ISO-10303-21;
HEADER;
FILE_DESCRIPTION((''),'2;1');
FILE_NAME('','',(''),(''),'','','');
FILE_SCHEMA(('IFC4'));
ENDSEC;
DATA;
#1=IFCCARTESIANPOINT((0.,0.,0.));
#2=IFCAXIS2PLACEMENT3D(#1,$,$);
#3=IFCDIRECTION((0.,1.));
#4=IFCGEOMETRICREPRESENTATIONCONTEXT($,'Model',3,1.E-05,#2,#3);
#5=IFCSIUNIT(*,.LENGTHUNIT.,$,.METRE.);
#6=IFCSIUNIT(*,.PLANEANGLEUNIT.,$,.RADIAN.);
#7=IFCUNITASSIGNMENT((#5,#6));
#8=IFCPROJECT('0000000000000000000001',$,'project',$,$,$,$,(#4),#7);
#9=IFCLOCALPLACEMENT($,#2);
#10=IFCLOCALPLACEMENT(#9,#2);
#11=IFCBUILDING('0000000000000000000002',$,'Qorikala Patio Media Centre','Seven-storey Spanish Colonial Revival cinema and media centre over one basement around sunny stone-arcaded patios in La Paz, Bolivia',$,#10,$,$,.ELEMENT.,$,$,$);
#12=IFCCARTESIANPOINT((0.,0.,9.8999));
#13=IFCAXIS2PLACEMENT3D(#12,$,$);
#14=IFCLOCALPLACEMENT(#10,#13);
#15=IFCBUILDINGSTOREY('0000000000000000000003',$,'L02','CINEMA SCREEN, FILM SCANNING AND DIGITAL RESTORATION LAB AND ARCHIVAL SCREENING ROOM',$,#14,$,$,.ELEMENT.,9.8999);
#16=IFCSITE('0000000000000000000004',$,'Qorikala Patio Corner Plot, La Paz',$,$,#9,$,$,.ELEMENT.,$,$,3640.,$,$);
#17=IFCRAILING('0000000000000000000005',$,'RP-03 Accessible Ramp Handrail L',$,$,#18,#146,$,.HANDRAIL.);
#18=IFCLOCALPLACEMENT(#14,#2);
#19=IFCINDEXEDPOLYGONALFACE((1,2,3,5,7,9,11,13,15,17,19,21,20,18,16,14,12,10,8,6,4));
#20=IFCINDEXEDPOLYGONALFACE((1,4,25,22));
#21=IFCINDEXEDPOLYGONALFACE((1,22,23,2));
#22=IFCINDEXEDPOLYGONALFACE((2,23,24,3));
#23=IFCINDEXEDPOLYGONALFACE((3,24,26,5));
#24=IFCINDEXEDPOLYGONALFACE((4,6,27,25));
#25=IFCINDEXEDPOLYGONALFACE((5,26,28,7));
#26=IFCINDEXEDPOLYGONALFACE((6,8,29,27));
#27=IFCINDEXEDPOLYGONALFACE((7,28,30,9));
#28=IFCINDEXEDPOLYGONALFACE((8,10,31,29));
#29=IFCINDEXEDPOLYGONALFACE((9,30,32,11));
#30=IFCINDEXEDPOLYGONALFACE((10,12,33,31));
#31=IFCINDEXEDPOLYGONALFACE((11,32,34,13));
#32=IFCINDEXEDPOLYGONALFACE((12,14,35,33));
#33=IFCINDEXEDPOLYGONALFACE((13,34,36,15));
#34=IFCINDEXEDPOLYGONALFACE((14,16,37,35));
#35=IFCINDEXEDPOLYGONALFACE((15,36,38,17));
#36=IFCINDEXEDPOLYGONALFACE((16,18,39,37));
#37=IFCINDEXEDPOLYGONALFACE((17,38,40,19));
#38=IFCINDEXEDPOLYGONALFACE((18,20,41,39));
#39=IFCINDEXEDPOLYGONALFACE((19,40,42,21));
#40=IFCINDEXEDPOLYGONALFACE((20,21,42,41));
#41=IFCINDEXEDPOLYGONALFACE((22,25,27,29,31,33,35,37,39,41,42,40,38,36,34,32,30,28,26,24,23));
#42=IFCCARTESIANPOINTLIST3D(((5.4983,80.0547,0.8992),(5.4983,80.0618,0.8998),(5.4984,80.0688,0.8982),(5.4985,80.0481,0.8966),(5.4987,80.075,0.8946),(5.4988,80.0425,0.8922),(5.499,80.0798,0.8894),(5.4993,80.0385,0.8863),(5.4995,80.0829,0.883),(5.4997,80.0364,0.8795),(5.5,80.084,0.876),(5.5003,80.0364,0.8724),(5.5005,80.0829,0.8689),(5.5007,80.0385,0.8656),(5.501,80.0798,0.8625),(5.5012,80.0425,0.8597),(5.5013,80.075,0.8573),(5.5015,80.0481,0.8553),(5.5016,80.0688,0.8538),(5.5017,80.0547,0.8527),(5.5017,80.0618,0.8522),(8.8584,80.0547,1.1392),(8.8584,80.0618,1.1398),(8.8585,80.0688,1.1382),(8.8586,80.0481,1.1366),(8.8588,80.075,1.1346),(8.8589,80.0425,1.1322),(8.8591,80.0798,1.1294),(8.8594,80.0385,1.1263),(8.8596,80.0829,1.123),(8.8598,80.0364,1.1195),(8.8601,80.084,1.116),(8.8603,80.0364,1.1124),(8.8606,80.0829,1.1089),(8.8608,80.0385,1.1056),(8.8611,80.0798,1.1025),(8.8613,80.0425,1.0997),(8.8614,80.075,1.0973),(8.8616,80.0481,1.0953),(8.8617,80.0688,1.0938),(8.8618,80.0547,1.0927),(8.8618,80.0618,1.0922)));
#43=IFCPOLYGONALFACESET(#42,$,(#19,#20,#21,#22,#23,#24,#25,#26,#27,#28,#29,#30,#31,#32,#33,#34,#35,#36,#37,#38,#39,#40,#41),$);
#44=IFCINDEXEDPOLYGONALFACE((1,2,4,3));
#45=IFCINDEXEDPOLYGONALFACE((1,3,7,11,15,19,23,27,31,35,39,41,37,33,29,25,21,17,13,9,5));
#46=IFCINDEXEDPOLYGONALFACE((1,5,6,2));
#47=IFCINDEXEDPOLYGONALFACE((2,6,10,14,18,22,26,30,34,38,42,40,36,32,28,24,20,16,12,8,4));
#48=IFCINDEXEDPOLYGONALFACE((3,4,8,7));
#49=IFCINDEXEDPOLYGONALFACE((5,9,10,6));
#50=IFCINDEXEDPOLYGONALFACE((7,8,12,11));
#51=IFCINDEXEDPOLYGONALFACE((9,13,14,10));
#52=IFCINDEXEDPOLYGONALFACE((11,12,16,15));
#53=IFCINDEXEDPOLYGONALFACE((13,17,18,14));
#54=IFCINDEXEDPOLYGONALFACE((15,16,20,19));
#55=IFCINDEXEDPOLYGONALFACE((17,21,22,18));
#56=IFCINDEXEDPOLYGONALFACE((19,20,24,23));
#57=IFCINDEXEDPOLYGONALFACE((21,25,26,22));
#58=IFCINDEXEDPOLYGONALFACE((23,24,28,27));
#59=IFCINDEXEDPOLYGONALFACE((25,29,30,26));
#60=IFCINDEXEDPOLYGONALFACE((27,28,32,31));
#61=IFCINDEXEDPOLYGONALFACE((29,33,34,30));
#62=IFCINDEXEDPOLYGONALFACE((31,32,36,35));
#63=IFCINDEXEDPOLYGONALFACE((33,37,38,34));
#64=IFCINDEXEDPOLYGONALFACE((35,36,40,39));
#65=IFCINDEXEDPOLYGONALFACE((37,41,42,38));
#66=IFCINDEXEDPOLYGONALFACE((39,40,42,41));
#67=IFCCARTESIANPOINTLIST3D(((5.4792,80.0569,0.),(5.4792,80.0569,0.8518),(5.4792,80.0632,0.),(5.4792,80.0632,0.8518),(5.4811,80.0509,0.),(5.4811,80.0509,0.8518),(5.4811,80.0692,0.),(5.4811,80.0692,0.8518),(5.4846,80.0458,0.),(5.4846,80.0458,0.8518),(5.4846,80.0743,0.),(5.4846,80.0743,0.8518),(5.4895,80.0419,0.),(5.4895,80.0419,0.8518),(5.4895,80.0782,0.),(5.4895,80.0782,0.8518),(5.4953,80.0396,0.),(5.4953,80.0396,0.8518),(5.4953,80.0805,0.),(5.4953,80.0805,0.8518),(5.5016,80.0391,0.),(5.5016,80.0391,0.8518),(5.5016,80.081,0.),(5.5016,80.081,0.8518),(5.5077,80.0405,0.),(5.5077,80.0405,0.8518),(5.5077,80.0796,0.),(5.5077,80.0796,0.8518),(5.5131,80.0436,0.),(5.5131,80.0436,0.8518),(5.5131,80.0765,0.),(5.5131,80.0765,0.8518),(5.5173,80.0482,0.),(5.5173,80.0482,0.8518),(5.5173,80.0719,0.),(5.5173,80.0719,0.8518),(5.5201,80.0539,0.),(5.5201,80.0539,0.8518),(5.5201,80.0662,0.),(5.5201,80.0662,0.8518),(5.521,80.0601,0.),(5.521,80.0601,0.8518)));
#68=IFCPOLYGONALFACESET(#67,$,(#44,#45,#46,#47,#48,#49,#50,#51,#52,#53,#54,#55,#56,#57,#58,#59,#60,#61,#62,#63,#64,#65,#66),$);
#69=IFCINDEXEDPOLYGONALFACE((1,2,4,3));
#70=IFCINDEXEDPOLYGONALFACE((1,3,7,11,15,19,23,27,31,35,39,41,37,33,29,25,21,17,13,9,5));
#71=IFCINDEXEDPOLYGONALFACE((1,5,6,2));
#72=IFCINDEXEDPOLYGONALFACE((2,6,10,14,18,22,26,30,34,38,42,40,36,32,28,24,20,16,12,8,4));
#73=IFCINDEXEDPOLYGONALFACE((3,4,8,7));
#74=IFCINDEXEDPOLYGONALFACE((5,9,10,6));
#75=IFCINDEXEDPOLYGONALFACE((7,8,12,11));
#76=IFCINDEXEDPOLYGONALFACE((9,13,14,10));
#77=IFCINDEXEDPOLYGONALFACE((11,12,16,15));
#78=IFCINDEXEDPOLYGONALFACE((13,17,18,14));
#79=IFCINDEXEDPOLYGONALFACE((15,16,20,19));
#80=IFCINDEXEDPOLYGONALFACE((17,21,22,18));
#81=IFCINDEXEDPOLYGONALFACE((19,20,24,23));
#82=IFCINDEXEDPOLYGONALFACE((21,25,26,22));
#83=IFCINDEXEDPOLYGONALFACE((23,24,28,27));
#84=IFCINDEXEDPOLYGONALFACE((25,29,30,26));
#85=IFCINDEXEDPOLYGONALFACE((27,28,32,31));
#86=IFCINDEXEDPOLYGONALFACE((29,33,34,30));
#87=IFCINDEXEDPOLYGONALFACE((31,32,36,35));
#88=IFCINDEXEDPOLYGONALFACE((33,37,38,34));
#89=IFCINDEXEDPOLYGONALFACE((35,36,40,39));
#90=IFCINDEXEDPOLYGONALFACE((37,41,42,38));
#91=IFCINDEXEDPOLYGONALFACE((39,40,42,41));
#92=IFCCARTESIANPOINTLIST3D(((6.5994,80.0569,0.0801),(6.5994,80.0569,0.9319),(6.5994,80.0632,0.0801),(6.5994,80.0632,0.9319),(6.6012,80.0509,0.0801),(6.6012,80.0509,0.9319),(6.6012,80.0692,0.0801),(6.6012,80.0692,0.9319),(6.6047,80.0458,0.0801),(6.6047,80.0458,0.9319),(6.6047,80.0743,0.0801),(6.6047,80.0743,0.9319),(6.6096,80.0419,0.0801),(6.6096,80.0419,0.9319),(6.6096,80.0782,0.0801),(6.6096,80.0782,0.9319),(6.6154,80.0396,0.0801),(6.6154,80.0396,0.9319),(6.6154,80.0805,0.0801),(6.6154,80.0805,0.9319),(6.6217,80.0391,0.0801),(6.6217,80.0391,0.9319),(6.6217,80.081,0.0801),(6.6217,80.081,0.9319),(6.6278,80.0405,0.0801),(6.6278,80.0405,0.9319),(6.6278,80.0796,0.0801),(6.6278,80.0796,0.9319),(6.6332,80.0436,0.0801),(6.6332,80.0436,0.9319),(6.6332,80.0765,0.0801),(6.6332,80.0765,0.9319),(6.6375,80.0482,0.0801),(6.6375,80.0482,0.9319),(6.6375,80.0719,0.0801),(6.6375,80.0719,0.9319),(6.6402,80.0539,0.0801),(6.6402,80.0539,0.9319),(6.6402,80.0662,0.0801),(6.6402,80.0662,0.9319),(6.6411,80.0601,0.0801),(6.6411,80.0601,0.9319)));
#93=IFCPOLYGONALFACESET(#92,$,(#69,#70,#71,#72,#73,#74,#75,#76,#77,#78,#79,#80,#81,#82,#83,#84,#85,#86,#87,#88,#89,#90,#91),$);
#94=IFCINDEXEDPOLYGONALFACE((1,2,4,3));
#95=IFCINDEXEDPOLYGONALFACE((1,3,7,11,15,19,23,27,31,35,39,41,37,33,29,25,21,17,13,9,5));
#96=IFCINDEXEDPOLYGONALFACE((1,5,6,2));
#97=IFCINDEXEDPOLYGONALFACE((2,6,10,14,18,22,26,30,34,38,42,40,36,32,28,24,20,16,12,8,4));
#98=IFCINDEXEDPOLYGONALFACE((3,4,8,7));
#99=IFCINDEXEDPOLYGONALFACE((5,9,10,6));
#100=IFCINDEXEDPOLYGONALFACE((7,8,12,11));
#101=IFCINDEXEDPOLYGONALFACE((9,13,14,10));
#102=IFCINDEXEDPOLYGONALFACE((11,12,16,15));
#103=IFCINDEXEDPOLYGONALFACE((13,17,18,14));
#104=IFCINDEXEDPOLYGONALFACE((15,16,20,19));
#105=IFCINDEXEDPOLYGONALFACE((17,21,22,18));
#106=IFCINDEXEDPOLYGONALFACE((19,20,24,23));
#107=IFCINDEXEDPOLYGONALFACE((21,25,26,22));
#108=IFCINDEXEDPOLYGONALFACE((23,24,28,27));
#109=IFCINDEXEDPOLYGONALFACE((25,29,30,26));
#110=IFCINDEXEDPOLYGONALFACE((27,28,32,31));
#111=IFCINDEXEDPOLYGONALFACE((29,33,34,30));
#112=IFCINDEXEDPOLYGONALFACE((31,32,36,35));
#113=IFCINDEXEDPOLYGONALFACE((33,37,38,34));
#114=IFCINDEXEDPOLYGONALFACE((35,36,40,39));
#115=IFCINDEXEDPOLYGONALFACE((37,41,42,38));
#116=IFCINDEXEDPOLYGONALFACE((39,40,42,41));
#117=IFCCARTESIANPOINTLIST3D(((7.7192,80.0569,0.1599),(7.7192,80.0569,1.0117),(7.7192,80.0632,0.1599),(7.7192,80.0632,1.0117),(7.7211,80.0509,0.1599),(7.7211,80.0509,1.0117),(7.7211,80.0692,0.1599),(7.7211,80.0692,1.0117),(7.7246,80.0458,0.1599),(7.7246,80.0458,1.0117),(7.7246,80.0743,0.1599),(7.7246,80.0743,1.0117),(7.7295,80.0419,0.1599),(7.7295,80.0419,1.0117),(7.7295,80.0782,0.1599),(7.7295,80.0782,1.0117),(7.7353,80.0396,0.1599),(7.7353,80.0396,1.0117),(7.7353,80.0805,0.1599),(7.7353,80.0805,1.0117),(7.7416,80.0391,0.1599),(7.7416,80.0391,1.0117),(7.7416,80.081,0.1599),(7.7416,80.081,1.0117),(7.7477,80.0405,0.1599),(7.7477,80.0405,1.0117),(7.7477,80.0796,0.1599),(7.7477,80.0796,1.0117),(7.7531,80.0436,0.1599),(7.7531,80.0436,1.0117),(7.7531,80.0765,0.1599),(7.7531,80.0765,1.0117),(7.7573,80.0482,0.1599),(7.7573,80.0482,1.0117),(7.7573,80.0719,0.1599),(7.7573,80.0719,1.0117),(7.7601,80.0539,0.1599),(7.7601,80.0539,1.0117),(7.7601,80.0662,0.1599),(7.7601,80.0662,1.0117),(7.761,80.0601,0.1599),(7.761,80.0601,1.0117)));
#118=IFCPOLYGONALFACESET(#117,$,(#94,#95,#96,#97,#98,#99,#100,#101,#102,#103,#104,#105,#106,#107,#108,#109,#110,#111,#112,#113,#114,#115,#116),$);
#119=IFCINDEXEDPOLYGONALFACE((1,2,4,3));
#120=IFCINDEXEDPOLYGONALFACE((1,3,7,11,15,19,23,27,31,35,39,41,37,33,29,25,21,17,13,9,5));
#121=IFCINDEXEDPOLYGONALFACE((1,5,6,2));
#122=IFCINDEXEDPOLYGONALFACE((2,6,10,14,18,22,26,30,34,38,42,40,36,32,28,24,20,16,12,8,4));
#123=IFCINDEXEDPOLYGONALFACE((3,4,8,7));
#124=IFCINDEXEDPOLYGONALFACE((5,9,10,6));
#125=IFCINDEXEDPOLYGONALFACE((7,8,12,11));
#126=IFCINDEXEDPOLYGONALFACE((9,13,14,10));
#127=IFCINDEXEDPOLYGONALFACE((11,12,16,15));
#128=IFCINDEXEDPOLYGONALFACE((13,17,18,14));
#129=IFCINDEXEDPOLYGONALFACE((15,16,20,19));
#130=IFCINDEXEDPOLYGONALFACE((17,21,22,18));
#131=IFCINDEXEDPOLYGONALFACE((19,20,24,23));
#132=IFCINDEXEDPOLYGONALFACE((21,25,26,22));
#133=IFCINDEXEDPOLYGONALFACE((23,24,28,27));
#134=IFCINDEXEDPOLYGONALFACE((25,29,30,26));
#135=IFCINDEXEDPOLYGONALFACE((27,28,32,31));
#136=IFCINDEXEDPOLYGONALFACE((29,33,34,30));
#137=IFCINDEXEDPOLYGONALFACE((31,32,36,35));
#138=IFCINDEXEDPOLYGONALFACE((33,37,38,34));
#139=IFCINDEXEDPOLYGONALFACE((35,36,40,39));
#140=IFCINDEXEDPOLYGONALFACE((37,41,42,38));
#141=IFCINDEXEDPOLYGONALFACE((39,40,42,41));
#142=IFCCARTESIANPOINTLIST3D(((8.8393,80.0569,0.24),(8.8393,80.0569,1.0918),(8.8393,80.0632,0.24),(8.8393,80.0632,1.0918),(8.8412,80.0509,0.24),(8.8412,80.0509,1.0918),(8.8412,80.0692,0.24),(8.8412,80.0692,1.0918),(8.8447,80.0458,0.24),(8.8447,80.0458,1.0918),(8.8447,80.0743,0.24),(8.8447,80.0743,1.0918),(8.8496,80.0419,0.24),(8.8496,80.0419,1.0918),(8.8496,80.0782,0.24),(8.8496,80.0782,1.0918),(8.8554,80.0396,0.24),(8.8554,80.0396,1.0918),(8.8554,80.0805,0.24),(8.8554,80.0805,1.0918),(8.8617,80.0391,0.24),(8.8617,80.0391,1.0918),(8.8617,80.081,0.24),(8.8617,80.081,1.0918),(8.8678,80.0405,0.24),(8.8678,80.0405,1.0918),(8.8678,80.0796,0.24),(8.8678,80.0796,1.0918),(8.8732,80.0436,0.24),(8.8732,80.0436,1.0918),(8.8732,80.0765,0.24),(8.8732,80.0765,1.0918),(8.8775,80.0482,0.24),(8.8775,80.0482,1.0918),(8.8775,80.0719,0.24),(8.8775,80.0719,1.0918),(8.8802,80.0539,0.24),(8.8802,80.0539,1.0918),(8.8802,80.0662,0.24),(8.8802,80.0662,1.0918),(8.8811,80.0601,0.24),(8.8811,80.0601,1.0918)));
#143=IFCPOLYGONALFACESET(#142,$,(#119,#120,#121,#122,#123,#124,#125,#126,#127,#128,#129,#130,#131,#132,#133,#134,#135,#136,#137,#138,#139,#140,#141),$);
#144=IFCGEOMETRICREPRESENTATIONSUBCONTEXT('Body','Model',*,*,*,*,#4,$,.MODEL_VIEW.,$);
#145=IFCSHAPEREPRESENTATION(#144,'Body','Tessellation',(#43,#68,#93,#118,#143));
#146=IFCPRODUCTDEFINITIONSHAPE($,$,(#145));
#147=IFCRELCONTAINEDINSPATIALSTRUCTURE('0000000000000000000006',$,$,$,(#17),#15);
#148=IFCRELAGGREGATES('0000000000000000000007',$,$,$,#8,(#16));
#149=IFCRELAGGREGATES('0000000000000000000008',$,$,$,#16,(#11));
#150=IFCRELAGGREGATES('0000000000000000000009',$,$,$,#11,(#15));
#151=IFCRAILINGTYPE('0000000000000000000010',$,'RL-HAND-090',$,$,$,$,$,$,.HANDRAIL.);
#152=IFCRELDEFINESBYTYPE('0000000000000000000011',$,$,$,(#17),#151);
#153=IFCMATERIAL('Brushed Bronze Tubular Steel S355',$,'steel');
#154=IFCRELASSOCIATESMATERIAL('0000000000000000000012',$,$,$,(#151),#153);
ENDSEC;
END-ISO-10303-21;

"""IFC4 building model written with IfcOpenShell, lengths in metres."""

from ifc_helpers import new_model, si_unit, direction, frame, origin, origin_2d, place, context, subcontext, project, spatial, circle, extrude, material, type_object, element, save


model = new_model("IFC4")

# Units and contexts
model_context = context("Model", 3, precision=1e-05, world=origin(), true_north=direction((0.0, 1.0)))
body_context = subcontext(model_context, "Body", "Model", "MODEL_VIEW")
ifc_project = project(units=[si_unit("LENGTHUNIT", "METRE"), si_unit("PLANEANGLEUNIT", "RADIAN")], contexts=[model_context])

# Site, building, storey
site_placement = place(None, origin())
site = spatial("IfcSite", under=ifc_project, at=site_placement, Name="Qorikala Patio Corner Plot, La Paz", CompositionType="ELEMENT", RefElevation=3640.0)
building_placement = place(site_placement, origin())
building = spatial("IfcBuilding", under=site, at=building_placement, Name="Qorikala Patio Media Centre", Description="Seven-storey Spanish Colonial Revival cinema and media centre over one basement around sunny stone-arcaded patios in La Paz, Bolivia", CompositionType="ELEMENT")
storey_placement = place(building_placement, frame((0.0, 0.0, 9.8999)))
storey = spatial("IfcBuildingStorey", under=building, at=storey_placement, Name="L02", Description="CINEMA SCREEN, FILM SCANNING AND DIGITAL RESTORATION LAB AND ARCHIVAL SCREENING ROOM", CompositionType="ELEMENT", Elevation=9.8999)

# Railing
ifc_material_1 = material(Name="Brushed Bronze Tubular Steel S355", Category="steel")
railing_type = type_object("IfcRailingType", Name="RL-HAND-090", PredefinedType="HANDRAIL", material=ifc_material_1)
for number, where, name in (
    (1, (5.5, 80.0601, 0.0), "RP-03 Accessible Ramp Handrail L"),
):
    element("IfcRailing", number, at=place(storey_placement, frame(where)), inside=storey, type_object=railing_type, Name=name, PredefinedType="HANDRAIL", context=body_context, shape_type="SweptSolid", body=[
        extrude(circle(Radius=0.0239, at=origin_2d()), frame((0.0, 0.0, 0.876), z_axis=(0.997459, 0.0, 0.071242), x_axis=(0.0, 1.0, 0.0)), (0.0, 0.0, 1.0), 3.3687),
        extrude(circle(Radius=0.021, at=origin_2d()), origin(), (0.0, 0.0, 1.0), 0.8518),
        extrude(circle(Radius=0.021, at=origin_2d()), frame((1.1201, 0.0, 0.0801)), (0.0, 0.0, 1.0), 0.8518),
        extrude(circle(Radius=0.021, at=origin_2d()), frame((2.24, 0.0, 0.1599)), (0.0, 0.0, 1.0), 0.8518),
        extrude(circle(Radius=0.021, at=origin_2d()), frame((3.3601, 0.0, 0.24)), (0.0, 0.0, 1.0), 0.8518),
    ])

save(model, "model.ifc")
